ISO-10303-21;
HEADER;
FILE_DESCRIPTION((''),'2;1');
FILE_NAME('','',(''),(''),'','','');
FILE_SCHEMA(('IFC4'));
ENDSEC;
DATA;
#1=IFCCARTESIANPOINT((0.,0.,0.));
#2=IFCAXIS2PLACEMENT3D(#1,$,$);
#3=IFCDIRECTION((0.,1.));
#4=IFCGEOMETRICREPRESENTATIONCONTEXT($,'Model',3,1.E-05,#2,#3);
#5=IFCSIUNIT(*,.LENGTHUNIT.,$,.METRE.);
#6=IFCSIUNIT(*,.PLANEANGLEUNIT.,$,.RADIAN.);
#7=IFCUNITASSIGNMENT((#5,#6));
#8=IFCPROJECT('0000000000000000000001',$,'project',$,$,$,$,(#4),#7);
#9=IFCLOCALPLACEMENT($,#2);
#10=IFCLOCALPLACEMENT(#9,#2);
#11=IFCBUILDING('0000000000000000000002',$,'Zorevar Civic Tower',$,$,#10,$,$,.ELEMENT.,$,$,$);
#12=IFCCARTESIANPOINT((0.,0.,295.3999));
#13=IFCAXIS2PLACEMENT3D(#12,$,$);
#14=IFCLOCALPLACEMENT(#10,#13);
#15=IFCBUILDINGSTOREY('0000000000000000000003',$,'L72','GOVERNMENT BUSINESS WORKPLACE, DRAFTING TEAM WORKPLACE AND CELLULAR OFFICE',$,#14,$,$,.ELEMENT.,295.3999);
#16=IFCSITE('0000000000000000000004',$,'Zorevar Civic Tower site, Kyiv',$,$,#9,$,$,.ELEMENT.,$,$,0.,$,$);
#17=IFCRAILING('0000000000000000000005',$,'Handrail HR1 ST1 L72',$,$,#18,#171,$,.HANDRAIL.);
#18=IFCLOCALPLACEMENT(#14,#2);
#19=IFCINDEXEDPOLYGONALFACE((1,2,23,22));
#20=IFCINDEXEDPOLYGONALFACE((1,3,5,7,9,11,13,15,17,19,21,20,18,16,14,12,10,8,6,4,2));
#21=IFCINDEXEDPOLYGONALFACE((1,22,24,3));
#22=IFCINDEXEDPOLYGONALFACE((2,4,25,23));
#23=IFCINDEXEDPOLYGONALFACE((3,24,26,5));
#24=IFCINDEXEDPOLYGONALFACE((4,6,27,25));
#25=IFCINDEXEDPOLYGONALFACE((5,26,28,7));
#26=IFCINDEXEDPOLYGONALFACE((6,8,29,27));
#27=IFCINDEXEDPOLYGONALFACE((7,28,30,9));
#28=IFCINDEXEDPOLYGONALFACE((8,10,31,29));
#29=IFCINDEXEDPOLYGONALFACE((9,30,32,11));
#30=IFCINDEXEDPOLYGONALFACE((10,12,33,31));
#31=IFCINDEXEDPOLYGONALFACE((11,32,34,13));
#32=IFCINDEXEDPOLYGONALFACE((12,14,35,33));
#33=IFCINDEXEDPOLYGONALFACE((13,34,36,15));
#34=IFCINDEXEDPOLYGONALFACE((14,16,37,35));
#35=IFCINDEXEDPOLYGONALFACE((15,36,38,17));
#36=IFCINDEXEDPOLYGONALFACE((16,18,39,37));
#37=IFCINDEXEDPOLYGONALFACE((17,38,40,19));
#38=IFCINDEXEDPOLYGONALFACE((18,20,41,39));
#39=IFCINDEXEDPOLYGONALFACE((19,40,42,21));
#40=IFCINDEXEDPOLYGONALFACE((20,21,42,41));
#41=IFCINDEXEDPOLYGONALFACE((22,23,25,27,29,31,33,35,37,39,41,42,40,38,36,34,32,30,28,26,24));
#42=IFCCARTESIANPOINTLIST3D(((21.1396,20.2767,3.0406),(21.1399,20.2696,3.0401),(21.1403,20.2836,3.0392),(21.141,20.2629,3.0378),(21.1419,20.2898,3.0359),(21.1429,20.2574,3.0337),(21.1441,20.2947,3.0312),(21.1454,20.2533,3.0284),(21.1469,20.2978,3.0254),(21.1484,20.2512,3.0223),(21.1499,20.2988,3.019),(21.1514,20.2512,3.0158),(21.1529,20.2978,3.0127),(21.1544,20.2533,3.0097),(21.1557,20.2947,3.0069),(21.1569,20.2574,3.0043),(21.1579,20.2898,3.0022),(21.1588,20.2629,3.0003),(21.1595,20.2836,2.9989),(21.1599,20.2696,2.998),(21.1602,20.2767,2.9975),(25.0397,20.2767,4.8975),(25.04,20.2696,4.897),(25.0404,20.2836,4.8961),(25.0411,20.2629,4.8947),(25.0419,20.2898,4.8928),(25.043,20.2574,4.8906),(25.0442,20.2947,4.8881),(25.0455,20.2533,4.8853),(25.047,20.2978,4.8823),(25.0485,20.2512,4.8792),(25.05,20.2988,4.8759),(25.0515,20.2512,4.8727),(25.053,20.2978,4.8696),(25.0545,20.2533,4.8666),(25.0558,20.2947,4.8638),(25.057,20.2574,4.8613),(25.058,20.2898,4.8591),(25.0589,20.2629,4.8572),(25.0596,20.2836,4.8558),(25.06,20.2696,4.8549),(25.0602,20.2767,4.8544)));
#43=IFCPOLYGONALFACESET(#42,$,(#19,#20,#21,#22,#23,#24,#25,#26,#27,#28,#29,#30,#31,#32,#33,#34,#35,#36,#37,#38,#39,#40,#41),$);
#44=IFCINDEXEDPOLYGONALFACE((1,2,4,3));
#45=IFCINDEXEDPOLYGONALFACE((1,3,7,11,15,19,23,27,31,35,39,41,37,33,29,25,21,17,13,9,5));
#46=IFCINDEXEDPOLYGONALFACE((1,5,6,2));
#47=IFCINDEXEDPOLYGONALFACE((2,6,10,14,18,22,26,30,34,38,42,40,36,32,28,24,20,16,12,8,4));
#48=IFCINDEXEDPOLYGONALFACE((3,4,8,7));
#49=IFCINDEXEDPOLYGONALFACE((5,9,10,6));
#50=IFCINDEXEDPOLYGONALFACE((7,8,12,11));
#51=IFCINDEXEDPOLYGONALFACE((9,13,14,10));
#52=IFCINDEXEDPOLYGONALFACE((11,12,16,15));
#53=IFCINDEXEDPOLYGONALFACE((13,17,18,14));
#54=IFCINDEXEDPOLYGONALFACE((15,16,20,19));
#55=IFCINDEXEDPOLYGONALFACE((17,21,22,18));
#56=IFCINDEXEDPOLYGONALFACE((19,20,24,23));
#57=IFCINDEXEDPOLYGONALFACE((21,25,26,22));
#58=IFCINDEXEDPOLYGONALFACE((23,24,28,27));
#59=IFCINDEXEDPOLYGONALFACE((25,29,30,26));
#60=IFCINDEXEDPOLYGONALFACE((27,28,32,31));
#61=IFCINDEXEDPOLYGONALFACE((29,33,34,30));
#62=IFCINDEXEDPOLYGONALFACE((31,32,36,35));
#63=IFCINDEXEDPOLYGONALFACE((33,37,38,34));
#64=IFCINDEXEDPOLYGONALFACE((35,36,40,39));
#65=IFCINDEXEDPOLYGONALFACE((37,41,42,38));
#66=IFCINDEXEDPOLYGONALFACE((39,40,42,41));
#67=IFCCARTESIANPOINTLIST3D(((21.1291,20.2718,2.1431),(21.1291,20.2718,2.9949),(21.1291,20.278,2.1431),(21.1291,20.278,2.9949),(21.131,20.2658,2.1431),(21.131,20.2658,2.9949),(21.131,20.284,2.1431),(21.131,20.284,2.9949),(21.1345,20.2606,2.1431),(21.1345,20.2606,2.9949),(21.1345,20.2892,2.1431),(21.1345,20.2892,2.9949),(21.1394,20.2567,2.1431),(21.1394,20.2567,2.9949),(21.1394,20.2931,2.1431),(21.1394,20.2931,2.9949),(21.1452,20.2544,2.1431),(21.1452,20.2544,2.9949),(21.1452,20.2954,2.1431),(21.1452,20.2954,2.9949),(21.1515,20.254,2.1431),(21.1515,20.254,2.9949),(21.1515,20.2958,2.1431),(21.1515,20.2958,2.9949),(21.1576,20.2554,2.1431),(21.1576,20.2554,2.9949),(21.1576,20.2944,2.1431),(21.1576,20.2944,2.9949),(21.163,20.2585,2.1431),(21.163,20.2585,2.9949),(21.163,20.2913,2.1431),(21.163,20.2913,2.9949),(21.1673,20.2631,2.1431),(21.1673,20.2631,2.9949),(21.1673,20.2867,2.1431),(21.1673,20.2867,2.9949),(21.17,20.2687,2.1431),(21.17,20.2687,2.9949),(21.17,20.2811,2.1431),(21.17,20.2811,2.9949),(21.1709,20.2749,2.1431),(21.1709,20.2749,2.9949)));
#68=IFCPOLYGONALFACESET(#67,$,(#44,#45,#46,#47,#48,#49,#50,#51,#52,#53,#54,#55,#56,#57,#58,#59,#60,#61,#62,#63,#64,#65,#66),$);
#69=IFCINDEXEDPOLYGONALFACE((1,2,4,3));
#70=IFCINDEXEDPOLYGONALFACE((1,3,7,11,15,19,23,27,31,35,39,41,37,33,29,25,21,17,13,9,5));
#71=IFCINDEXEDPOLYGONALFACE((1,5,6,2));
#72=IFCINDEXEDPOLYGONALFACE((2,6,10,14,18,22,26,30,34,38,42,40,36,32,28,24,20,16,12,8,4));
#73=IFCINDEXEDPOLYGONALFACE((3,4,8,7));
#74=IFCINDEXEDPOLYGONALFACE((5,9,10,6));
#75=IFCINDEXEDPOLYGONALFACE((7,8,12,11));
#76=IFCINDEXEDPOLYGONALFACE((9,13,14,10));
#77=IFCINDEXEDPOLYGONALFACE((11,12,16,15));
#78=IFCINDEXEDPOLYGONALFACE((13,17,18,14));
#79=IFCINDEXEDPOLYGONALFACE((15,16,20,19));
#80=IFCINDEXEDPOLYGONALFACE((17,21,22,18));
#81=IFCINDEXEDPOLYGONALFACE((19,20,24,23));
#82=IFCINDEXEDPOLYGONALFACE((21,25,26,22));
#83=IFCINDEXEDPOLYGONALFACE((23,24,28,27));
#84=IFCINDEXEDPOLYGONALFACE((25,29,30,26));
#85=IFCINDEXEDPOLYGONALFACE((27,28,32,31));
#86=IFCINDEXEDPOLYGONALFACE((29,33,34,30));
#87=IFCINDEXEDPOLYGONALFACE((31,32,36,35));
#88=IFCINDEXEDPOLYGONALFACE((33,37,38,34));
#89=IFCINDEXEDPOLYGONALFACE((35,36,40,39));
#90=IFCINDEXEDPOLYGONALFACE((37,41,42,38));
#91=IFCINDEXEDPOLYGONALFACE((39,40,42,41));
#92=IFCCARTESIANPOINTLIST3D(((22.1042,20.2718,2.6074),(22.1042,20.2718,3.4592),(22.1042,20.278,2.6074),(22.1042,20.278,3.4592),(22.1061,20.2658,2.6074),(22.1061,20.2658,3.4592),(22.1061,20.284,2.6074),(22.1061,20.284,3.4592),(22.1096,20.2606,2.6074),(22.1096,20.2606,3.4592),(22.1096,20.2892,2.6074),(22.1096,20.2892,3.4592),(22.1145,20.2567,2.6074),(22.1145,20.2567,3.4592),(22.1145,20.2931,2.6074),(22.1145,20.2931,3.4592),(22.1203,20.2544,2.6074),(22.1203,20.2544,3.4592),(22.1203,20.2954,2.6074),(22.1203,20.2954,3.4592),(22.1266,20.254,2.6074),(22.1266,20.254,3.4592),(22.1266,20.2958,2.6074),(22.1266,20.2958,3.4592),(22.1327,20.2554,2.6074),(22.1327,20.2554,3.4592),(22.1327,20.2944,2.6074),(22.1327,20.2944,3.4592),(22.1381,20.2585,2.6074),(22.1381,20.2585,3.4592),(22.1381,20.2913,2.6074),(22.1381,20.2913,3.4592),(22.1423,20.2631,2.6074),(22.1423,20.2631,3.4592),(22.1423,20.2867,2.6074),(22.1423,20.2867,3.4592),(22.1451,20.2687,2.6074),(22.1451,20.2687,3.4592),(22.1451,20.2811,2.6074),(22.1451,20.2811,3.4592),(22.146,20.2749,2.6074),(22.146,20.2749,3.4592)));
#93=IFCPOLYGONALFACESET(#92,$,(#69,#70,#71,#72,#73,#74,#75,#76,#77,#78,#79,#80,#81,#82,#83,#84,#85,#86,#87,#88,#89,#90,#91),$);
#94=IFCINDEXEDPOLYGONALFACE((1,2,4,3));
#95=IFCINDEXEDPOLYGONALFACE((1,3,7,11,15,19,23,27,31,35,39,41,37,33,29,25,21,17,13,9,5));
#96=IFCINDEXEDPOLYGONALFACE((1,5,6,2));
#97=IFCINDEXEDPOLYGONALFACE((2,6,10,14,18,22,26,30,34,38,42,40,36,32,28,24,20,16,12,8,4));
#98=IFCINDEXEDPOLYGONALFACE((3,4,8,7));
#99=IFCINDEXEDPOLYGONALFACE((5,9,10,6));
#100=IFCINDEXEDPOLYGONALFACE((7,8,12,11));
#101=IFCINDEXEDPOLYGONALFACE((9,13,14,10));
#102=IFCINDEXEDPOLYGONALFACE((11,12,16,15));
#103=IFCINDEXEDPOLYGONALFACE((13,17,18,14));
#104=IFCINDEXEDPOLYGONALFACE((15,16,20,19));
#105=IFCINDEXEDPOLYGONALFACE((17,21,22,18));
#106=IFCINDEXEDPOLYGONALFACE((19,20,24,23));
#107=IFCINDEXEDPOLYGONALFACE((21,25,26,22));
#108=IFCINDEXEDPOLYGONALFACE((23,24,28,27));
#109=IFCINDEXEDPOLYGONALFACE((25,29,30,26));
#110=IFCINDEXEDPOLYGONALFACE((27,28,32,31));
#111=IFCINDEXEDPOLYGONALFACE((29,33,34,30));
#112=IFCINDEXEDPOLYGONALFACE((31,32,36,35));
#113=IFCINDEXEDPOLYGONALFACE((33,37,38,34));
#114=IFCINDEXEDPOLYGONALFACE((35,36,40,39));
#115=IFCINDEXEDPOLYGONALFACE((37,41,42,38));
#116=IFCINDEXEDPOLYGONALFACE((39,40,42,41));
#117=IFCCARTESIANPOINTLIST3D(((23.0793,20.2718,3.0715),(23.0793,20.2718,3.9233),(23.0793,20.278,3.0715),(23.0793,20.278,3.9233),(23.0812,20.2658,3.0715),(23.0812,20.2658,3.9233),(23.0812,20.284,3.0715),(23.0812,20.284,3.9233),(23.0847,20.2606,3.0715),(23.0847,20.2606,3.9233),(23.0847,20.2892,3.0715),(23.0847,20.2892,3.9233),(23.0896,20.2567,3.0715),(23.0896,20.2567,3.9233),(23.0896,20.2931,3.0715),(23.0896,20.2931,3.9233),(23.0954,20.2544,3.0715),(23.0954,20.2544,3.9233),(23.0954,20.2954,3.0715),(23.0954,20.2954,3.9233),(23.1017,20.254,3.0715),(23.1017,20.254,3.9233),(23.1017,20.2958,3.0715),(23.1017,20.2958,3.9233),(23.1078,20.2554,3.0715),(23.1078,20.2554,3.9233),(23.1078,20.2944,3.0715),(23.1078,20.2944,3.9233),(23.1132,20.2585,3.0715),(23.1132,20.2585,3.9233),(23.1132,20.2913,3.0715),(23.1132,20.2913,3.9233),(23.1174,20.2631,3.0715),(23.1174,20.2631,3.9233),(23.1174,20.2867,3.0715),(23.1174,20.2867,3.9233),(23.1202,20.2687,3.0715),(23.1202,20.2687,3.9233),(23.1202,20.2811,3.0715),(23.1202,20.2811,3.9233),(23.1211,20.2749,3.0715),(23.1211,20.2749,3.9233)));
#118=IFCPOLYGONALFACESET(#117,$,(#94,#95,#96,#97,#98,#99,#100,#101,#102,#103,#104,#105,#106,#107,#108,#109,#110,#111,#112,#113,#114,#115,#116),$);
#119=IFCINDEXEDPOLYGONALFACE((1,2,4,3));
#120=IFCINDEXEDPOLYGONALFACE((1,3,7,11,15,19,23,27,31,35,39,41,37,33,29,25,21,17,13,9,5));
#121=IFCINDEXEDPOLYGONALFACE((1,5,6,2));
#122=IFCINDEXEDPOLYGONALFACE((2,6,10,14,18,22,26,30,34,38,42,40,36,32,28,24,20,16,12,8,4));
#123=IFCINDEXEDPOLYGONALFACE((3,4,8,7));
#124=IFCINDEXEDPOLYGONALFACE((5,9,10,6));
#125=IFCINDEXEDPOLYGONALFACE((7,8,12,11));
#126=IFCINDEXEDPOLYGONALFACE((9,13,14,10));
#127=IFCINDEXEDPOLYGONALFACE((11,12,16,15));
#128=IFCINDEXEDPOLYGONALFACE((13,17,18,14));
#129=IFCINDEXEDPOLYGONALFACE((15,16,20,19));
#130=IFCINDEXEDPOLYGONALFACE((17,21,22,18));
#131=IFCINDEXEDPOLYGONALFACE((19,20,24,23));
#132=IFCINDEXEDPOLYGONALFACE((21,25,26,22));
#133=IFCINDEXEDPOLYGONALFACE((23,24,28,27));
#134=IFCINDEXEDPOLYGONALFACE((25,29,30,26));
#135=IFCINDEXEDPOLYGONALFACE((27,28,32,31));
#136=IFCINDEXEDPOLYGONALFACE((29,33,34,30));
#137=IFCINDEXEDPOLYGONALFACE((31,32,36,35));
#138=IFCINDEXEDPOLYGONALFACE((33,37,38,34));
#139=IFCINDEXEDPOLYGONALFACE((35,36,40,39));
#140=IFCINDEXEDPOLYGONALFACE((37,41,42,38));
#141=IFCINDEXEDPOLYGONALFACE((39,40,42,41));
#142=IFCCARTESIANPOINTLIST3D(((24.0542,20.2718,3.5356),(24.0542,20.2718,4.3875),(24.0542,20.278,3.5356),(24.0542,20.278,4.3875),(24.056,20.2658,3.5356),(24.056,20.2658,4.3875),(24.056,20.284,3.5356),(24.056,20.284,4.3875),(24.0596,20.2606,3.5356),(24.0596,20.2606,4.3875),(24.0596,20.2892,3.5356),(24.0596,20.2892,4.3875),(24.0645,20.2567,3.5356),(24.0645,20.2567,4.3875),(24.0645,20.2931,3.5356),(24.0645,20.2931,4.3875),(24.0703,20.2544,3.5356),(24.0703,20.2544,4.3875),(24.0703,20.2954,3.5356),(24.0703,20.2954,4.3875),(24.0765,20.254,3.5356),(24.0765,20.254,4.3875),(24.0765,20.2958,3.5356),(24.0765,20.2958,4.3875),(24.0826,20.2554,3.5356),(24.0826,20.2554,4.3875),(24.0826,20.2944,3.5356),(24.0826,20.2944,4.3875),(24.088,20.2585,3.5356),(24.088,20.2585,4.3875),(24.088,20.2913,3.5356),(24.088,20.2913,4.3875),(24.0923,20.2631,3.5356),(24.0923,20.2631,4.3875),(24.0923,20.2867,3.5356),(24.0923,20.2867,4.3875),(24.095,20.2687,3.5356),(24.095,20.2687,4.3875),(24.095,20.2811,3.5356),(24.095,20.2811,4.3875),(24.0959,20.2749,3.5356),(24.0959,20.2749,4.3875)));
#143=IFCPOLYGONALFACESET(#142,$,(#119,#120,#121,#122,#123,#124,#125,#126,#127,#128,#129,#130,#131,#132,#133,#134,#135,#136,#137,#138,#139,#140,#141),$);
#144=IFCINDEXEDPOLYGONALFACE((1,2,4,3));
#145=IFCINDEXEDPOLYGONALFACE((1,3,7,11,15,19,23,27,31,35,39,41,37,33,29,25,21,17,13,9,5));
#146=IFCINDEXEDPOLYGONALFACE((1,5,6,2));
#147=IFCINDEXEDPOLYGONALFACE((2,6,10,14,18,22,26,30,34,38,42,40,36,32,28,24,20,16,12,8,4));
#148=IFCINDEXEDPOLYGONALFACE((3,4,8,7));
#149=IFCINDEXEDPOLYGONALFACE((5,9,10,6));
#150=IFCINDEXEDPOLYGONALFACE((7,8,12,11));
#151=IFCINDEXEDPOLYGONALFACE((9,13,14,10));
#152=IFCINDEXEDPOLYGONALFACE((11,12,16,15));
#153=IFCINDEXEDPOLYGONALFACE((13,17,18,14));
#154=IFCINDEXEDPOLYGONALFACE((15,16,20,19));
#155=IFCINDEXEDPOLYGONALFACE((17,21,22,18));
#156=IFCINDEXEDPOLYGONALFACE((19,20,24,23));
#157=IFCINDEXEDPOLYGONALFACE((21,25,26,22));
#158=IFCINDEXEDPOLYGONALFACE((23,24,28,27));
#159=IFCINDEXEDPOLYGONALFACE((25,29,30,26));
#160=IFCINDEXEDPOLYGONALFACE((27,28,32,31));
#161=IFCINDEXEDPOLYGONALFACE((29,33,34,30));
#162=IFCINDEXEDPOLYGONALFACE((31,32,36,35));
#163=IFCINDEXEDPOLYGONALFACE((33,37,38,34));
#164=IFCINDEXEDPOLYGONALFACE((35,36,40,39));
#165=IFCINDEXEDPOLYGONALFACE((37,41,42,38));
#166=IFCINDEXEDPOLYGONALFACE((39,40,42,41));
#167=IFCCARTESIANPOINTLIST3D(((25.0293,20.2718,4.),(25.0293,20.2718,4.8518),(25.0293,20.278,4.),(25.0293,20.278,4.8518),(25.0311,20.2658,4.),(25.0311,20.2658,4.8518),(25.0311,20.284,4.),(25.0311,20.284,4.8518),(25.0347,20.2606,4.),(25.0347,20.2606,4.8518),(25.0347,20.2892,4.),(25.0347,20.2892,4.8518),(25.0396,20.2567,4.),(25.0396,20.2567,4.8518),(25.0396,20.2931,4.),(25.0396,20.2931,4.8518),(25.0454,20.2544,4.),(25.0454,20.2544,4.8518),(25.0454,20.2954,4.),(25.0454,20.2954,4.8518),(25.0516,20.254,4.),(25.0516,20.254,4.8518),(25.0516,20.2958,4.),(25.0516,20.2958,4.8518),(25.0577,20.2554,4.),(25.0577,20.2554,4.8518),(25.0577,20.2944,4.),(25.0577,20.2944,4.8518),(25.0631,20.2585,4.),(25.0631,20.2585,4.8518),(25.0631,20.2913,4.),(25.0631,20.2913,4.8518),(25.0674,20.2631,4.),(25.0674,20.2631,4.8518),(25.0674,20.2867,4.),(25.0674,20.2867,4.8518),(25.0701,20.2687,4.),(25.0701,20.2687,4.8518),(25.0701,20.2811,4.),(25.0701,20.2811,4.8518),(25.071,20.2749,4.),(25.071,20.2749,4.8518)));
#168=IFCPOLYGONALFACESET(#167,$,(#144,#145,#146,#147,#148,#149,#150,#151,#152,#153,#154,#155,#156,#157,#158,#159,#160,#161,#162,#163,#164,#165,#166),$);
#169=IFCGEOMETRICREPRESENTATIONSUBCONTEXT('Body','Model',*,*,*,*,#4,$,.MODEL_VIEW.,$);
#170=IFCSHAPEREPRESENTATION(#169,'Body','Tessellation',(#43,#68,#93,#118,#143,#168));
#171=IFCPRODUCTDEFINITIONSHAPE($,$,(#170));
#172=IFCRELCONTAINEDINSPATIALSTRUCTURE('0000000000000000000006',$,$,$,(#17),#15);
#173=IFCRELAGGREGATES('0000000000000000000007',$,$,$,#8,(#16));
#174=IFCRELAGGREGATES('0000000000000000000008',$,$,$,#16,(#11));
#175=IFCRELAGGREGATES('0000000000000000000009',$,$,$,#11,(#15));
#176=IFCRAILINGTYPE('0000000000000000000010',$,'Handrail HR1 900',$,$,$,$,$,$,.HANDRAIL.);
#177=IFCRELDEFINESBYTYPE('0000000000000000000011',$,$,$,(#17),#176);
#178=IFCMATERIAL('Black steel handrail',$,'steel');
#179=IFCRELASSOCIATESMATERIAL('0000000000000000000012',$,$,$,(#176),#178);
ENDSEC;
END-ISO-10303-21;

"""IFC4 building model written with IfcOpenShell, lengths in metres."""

from ifc_helpers import new_model, si_unit, direction, frame, origin, origin_2d, place, context, subcontext, project, spatial, circle, extrude, material, type_object, element, save


model = new_model("IFC4")

# Units and contexts
model_context = context("Model", 3, precision=1e-05, world=origin(), true_north=direction((0.0, 1.0)))
body_context = subcontext(model_context, "Body", "Model", "MODEL_VIEW")
ifc_project = project(units=[si_unit("LENGTHUNIT", "METRE"), si_unit("PLANEANGLEUNIT", "RADIAN")], contexts=[model_context])

# Site, building, storey
site_placement = place(None, origin())
site = spatial("IfcSite", under=ifc_project, at=site_placement, Name="Zorevar Civic Tower site, Kyiv", CompositionType="ELEMENT", RefElevation=0.0)
building_placement = place(site_placement, origin())
building = spatial("IfcBuilding", under=site, at=building_placement, Name="Zorevar Civic Tower", CompositionType="ELEMENT")
storey_placement = place(building_placement, frame((0.0, 0.0, 295.3999)))
storey = spatial("IfcBuildingStorey", under=building, at=storey_placement, Name="L72", Description="GOVERNMENT BUSINESS WORKPLACE, DRAFTING TEAM WORKPLACE AND CELLULAR OFFICE", CompositionType="ELEMENT", Elevation=295.3999)

# Railing
ifc_material_1 = material(Name="Black steel handrail", Category="steel")
railing_type = type_object("IfcRailingType", Name="Handrail HR1 900", PredefinedType="HANDRAIL", material=ifc_material_1)
railing_placement = place(storey_placement, frame((21.1499, 20.2749, 2.1431)))
element("IfcRailing", 1, at=railing_placement, inside=storey, type_object=railing_type, Name="Handrail HR1 ST1 L72", PredefinedType="HANDRAIL", context=body_context, shape_type="SweptSolid", body=[
    extrude(circle(Radius=0.0239, at=origin_2d()), frame((0.0, 0.0, 0.876), z_axis=(0.902886, 0.0, 0.429881), x_axis=(0.0, 1.0, 0.0)), (0.0, 0.0, 1.0), 4.3196),
    extrude(circle(Radius=0.021, at=origin_2d()), origin(), (0.0, 0.0, 1.0), 0.8518),
    extrude(circle(Radius=0.021, at=origin_2d()), frame((0.9751, 0.0, 0.4644)), (0.0, 0.0, 1.0), 0.8518),
    extrude(circle(Radius=0.021, at=origin_2d()), frame((1.9502, 0.0, 0.9285)), (0.0, 0.0, 1.0), 0.8518),
    extrude(circle(Radius=0.021, at=origin_2d()), frame((2.925, 0.0, 1.3926)), (0.0, 0.0, 1.0), 0.8518),
    extrude(circle(Radius=0.021, at=origin_2d()), frame((3.9001, 0.0, 1.8569)), (0.0, 0.0, 1.0), 0.8518),
])

save(model, "model.ifc")
